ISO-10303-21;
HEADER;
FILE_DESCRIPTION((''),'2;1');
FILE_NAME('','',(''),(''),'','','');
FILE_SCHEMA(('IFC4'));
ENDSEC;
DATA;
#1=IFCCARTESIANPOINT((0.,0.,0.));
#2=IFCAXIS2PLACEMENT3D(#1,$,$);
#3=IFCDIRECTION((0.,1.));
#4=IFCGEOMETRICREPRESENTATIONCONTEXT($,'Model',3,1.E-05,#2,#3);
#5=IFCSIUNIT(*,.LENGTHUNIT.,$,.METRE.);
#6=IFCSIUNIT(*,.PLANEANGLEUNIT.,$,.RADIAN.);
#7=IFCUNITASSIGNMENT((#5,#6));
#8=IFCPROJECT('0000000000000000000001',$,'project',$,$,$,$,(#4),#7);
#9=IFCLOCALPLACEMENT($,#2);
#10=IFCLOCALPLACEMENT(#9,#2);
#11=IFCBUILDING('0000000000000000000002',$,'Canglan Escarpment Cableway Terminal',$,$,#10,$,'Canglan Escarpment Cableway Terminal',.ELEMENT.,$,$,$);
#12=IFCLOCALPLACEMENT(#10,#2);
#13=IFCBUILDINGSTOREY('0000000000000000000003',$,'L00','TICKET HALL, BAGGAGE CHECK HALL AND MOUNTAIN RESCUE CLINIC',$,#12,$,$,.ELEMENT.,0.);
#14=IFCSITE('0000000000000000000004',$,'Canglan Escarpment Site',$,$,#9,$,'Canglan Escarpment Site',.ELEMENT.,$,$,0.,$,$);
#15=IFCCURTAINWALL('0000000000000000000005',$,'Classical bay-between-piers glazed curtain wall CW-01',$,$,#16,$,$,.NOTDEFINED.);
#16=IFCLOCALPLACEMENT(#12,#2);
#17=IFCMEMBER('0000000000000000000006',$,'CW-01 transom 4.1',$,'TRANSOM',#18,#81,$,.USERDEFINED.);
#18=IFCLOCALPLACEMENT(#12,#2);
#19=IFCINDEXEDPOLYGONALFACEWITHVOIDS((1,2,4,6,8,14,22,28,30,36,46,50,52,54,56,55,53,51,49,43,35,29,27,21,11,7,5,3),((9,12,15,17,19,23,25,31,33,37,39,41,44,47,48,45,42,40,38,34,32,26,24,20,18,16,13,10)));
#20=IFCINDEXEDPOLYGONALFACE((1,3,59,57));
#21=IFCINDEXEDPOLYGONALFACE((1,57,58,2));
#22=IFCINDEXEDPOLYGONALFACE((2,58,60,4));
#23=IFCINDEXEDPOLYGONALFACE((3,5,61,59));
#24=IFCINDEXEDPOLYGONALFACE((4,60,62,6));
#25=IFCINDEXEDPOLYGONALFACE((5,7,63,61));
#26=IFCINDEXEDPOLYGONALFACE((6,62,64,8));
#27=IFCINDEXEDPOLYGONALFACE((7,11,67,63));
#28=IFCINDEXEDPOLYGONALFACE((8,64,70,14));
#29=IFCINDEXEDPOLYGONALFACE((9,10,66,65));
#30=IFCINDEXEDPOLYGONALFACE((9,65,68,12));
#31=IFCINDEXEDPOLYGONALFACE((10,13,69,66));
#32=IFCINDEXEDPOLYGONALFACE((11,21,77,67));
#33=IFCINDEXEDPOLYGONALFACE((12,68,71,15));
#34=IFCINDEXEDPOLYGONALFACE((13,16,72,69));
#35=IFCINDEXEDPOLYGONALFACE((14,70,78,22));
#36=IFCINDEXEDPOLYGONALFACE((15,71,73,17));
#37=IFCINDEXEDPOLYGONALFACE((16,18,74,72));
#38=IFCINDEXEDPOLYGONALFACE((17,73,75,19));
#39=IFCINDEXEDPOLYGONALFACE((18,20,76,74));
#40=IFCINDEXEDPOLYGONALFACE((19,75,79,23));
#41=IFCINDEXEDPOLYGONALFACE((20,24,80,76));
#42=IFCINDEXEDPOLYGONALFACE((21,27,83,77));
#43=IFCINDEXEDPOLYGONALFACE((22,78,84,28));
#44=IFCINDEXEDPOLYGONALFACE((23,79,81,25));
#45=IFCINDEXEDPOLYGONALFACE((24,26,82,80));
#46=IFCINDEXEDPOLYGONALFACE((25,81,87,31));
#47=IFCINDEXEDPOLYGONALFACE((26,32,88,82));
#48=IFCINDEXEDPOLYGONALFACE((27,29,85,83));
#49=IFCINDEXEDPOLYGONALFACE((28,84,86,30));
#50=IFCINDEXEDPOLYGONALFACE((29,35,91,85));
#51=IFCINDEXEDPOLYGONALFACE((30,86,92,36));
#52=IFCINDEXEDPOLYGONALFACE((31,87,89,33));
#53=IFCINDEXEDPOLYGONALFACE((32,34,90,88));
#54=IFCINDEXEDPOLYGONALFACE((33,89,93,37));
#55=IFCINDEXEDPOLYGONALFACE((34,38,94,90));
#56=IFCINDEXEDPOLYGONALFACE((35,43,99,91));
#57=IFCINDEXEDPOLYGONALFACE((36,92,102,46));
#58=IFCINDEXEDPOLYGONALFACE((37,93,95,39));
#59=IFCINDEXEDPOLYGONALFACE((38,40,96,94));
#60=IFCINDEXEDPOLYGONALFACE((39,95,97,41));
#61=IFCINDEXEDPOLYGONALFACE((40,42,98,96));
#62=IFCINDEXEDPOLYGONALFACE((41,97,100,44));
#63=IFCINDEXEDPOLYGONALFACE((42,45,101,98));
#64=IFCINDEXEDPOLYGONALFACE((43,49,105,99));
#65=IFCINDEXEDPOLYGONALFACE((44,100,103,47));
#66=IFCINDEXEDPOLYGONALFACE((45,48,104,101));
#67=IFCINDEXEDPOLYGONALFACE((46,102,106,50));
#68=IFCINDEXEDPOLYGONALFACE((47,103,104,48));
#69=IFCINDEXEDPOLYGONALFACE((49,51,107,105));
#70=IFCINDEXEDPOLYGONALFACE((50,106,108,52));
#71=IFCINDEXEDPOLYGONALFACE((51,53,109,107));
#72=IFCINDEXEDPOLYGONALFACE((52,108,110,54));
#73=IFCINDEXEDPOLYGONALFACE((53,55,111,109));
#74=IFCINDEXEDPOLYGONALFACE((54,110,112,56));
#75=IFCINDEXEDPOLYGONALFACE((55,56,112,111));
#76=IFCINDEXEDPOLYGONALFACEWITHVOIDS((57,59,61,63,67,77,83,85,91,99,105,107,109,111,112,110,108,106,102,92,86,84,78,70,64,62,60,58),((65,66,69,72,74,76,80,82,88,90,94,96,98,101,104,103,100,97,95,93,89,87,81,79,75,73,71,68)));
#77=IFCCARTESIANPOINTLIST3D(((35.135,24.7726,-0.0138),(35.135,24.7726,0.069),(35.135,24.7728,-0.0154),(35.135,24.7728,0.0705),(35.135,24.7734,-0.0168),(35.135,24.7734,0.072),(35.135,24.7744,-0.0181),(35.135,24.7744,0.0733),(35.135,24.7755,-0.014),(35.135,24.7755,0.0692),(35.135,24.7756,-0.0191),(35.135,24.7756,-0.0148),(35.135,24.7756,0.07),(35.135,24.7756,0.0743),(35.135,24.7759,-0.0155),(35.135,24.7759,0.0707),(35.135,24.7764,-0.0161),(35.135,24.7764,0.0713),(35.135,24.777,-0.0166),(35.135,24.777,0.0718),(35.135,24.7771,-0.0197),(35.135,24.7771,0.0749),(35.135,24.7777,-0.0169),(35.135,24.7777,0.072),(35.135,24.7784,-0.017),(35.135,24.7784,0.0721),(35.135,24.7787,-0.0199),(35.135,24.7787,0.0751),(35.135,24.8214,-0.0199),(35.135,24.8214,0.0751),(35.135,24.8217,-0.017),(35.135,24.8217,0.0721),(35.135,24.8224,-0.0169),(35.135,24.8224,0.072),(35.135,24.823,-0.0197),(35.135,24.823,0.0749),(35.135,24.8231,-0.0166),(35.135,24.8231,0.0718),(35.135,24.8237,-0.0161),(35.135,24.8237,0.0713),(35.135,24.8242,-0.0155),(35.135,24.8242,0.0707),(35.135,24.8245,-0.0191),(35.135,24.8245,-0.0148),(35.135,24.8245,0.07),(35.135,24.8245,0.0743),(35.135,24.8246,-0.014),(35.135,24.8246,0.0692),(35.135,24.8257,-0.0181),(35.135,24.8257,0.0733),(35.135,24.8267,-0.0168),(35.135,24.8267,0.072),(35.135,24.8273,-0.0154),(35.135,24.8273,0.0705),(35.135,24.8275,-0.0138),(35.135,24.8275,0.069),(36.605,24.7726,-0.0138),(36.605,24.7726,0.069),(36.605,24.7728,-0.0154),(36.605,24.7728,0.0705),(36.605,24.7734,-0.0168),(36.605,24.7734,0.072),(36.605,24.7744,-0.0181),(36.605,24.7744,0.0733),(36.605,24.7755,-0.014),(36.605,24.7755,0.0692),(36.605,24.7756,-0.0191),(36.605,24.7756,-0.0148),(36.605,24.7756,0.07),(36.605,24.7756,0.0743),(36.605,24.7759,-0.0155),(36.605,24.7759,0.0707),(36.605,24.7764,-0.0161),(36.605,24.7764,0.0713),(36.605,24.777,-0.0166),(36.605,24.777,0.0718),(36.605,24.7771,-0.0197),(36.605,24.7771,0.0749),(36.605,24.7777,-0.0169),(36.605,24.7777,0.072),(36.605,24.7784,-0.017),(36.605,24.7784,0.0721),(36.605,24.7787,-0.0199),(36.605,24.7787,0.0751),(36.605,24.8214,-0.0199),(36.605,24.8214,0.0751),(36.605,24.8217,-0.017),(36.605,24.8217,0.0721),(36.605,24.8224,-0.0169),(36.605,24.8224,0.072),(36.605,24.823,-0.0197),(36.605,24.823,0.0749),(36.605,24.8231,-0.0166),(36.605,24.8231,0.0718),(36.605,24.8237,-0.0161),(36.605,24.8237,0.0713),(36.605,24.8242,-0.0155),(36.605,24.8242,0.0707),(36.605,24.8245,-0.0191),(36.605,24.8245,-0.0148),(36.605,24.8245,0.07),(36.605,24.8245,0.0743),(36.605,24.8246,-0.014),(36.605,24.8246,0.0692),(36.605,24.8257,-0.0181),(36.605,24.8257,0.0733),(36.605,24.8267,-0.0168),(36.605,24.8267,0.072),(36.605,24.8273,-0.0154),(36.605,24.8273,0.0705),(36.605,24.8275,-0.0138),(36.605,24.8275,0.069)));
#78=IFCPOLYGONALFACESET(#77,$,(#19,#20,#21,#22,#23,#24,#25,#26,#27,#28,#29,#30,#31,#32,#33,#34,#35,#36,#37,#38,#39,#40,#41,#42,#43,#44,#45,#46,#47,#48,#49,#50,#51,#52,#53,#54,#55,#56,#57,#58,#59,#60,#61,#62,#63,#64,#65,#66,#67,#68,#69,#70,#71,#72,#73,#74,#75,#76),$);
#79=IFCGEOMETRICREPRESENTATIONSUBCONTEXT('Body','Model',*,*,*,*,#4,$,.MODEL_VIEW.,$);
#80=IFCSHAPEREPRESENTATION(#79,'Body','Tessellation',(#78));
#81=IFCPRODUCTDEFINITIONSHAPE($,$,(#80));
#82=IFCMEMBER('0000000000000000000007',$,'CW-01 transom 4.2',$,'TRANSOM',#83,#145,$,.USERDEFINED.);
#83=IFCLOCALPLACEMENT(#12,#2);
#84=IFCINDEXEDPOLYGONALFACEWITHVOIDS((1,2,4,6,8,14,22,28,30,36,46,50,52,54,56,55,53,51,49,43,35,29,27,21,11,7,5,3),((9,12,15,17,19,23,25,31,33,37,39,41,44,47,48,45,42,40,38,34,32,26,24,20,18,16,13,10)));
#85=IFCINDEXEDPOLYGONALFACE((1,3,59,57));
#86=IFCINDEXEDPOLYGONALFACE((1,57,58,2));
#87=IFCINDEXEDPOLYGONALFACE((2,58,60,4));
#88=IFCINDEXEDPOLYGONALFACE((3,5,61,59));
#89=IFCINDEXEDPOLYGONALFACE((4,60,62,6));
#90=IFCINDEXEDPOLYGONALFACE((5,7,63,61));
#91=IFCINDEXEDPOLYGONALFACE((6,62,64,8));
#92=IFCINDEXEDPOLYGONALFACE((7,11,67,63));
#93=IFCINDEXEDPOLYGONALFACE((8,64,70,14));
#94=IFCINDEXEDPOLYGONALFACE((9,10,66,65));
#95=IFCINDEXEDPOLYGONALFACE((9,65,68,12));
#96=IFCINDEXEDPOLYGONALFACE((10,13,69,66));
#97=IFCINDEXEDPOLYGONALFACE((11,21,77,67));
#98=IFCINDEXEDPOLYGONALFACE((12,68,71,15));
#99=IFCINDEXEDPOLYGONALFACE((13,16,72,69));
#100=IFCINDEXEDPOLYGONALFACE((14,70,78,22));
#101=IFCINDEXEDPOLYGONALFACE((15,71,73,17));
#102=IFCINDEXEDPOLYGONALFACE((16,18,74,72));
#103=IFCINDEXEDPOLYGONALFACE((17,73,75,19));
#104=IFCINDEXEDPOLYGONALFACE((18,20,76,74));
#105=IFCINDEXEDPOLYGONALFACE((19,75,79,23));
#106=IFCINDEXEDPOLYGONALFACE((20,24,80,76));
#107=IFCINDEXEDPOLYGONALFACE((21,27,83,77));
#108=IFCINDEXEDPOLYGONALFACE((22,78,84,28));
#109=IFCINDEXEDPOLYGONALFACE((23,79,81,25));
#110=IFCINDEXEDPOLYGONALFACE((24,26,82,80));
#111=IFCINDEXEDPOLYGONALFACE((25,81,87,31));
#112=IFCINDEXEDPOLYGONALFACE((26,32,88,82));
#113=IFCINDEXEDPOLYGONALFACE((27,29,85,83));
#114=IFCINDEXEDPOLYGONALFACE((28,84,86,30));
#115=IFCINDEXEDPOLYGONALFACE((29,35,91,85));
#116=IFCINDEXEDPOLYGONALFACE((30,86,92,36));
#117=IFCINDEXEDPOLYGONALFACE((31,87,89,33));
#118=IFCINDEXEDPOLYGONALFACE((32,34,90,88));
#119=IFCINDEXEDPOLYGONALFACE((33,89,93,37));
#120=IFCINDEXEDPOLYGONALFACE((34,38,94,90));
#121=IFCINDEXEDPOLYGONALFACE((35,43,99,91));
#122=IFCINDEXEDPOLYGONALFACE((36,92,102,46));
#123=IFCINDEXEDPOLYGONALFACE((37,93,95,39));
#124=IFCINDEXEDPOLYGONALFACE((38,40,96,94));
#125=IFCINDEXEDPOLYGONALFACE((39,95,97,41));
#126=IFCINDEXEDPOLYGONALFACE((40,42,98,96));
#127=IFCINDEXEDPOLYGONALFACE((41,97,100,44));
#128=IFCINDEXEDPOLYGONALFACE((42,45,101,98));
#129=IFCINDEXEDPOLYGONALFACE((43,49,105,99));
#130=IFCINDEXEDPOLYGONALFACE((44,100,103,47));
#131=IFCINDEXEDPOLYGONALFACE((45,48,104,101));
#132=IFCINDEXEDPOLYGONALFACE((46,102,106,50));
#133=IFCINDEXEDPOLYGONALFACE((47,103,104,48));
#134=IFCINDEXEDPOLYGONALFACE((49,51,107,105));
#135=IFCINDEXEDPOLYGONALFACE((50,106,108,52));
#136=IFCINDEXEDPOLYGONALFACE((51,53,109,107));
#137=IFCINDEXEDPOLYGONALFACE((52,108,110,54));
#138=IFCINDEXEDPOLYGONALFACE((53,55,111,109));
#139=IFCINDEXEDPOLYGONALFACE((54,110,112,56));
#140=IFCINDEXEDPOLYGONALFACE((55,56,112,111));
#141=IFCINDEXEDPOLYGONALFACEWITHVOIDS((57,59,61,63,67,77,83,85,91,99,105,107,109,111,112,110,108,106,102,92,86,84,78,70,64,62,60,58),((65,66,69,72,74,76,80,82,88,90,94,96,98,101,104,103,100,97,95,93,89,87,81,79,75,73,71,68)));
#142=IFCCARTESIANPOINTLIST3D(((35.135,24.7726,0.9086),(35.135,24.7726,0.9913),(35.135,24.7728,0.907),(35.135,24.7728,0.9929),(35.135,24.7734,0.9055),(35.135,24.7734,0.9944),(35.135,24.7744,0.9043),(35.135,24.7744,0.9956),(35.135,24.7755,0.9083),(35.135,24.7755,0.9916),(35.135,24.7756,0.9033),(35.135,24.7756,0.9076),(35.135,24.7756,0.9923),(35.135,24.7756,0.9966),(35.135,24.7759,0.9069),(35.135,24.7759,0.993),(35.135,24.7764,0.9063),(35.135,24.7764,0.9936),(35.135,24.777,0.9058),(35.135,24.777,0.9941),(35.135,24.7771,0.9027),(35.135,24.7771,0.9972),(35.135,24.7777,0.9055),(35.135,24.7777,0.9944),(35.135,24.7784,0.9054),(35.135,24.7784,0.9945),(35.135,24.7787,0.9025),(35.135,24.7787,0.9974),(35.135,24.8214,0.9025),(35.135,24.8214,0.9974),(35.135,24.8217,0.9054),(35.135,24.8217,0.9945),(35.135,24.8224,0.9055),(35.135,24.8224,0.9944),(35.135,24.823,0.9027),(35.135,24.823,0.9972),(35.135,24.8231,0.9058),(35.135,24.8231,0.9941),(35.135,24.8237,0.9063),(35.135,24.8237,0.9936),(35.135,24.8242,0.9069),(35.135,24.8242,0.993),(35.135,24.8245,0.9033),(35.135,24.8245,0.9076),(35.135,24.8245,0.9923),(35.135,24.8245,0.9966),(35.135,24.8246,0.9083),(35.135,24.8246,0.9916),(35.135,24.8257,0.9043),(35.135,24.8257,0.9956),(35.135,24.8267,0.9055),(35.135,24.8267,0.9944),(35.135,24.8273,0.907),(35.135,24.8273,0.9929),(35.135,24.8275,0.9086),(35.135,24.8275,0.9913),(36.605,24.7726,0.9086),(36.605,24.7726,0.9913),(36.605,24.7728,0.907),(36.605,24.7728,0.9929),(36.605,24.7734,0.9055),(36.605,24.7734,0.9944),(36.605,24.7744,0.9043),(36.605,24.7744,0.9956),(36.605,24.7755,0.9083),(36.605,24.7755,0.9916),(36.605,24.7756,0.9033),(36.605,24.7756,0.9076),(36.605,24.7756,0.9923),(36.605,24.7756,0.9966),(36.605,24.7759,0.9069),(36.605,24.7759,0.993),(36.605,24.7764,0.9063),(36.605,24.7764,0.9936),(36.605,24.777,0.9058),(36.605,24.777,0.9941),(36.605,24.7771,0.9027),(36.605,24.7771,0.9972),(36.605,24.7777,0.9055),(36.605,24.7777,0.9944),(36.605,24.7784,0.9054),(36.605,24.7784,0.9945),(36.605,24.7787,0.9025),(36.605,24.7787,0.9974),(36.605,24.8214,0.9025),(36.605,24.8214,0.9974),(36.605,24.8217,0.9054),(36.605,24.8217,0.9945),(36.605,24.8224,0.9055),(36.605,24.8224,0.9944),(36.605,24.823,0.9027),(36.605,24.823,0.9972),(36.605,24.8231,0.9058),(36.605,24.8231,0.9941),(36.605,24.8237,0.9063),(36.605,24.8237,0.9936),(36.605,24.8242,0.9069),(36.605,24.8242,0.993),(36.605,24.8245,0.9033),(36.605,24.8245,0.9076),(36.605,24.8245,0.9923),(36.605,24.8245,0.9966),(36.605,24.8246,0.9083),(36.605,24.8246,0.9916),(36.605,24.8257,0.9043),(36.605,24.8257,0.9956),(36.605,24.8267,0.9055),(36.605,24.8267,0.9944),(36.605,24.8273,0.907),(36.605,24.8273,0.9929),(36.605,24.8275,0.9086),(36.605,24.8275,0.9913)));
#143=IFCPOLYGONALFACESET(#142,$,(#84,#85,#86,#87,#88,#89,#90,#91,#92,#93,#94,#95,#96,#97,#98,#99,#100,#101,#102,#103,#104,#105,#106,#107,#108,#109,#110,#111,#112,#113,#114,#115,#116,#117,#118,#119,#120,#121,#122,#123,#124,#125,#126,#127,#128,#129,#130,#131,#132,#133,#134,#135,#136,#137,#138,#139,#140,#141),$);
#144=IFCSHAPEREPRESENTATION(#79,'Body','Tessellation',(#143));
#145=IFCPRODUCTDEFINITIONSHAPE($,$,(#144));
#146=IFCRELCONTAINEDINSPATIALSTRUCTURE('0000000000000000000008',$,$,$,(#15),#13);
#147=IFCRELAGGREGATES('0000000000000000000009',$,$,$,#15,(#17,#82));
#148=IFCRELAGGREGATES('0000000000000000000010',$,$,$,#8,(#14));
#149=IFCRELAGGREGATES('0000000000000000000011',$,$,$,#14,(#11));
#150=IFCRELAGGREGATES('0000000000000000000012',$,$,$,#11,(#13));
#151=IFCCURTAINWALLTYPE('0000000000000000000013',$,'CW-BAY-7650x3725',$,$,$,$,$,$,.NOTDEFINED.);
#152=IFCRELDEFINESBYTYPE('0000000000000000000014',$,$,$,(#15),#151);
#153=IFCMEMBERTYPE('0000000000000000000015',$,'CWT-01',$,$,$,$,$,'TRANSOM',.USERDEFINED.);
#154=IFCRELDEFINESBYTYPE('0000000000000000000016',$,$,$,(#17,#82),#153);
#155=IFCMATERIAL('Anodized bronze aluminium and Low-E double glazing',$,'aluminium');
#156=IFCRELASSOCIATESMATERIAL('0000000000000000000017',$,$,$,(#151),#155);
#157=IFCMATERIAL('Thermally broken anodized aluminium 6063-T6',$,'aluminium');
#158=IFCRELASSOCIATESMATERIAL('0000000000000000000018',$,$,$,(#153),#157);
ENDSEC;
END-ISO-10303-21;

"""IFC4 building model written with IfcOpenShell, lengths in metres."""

from ifc_helpers import new_model, si_unit, direction, frame, origin, origin_2d, place, context, subcontext, project, spatial, hollow_rectangle, extrude, material, material_profile, profile_set, type_object, element, aggregate, save


model = new_model("IFC4")

# Units and contexts
model_context = context("Model", 3, precision=1e-05, world=origin(), true_north=direction((0.0, 1.0)))
body_context = subcontext(model_context, "Body", "Model", "MODEL_VIEW")
ifc_project = project(units=[si_unit("LENGTHUNIT", "METRE"), si_unit("PLANEANGLEUNIT", "RADIAN")], contexts=[model_context])

# Site, building, storey
site_placement = place(None, origin())
site = spatial("IfcSite", under=ifc_project, at=site_placement, Name="Canglan Escarpment Site", LongName="Canglan Escarpment Site", CompositionType="ELEMENT", RefElevation=0.0)
building_placement = place(site_placement, origin())
building = spatial("IfcBuilding", under=site, at=building_placement, Name="Canglan Escarpment Cableway Terminal", LongName="Canglan Escarpment Cableway Terminal", CompositionType="ELEMENT")
storey_placement = place(building_placement, origin())
storey = spatial("IfcBuildingStorey", under=building, at=storey_placement, Name="L00", Description="TICKET HALL, BAGGAGE CHECK HALL AND MOUNTAIN RESCUE CLINIC", CompositionType="ELEMENT", Elevation=0.0)

# Curtain wall, members
ifc_material_1 = material(Name="Anodized bronze aluminium and Low-E double glazing", Category="aluminium")
curtain_wall_type = type_object("IfcCurtainWallType", Name="CW-BAY-7650x3725", PredefinedType="NOTDEFINED", material=ifc_material_1)
curtain_wall_placement = place(storey_placement, origin())
curtain_wall = element("IfcCurtainWall", 1, at=curtain_wall_placement, inside=storey, type_object=curtain_wall_type, Name="Classical bay-between-piers glazed curtain wall CW-01", PredefinedType="NOTDEFINED")
ifc_material_2 = material(Name="Thermally broken anodized aluminium 6063-T6", Category="aluminium")
ifc_material_profile_1 = material_profile(ifc_material_2, hollow_rectangle(XDim=0.0549, YDim=0.095, WallThickness=0.0029, InnerFilletRadius=0.0029, OuterFilletRadius=0.0061, at=origin_2d()), Name="ALU-TRAN 55x95x3")
ifc_profile_set_1 = profile_set([ifc_material_profile_1], Name="Thermally broken anodized aluminium 6063-T6")
member_type_1 = type_object("IfcMemberType", Name="CWT-01", ElementType="TRANSOM", PredefinedType="USERDEFINED", material=ifc_profile_set_1)
member_1_placement = place(storey_placement, frame((36.605, 24.8, 0.0276), z_axis=(-1.0, 0.0, 0.0), x_axis=(0.0, -1.0, 0.0)))
member_1 = element("IfcMember", 2, at=member_1_placement, type_object=member_type_1, Name="CW-01 transom 4.1", ObjectType="TRANSOM", PredefinedType="USERDEFINED", context=body_context, shape_type="SweptSolid", body=[
    extrude(hollow_rectangle(XDim=0.0549, YDim=0.095, WallThickness=0.0029, InnerFilletRadius=0.0029, OuterFilletRadius=0.0061, at=origin_2d()), origin(), (0.0, 0.0, 1.0), 1.47),
])
member_2_placement = place(storey_placement, frame((36.605, 24.8, 0.95), z_axis=(-1.0, 0.0, 0.0), x_axis=(0.0, -1.0, 0.0)))
member_2 = element("IfcMember", 3, at=member_2_placement, type_object=member_type_1, Name="CW-01 transom 4.2", ObjectType="TRANSOM", PredefinedType="USERDEFINED", context=body_context, shape_type="SweptSolid", body=[
    extrude(hollow_rectangle(XDim=0.0549, YDim=0.095, WallThickness=0.0029, InnerFilletRadius=0.0029, OuterFilletRadius=0.0061, at=origin_2d()), origin(), (0.0, 0.0, 1.0), 1.47),
])
aggregate(curtain_wall, [member_1, member_2])

save(model, "model.ifc")
